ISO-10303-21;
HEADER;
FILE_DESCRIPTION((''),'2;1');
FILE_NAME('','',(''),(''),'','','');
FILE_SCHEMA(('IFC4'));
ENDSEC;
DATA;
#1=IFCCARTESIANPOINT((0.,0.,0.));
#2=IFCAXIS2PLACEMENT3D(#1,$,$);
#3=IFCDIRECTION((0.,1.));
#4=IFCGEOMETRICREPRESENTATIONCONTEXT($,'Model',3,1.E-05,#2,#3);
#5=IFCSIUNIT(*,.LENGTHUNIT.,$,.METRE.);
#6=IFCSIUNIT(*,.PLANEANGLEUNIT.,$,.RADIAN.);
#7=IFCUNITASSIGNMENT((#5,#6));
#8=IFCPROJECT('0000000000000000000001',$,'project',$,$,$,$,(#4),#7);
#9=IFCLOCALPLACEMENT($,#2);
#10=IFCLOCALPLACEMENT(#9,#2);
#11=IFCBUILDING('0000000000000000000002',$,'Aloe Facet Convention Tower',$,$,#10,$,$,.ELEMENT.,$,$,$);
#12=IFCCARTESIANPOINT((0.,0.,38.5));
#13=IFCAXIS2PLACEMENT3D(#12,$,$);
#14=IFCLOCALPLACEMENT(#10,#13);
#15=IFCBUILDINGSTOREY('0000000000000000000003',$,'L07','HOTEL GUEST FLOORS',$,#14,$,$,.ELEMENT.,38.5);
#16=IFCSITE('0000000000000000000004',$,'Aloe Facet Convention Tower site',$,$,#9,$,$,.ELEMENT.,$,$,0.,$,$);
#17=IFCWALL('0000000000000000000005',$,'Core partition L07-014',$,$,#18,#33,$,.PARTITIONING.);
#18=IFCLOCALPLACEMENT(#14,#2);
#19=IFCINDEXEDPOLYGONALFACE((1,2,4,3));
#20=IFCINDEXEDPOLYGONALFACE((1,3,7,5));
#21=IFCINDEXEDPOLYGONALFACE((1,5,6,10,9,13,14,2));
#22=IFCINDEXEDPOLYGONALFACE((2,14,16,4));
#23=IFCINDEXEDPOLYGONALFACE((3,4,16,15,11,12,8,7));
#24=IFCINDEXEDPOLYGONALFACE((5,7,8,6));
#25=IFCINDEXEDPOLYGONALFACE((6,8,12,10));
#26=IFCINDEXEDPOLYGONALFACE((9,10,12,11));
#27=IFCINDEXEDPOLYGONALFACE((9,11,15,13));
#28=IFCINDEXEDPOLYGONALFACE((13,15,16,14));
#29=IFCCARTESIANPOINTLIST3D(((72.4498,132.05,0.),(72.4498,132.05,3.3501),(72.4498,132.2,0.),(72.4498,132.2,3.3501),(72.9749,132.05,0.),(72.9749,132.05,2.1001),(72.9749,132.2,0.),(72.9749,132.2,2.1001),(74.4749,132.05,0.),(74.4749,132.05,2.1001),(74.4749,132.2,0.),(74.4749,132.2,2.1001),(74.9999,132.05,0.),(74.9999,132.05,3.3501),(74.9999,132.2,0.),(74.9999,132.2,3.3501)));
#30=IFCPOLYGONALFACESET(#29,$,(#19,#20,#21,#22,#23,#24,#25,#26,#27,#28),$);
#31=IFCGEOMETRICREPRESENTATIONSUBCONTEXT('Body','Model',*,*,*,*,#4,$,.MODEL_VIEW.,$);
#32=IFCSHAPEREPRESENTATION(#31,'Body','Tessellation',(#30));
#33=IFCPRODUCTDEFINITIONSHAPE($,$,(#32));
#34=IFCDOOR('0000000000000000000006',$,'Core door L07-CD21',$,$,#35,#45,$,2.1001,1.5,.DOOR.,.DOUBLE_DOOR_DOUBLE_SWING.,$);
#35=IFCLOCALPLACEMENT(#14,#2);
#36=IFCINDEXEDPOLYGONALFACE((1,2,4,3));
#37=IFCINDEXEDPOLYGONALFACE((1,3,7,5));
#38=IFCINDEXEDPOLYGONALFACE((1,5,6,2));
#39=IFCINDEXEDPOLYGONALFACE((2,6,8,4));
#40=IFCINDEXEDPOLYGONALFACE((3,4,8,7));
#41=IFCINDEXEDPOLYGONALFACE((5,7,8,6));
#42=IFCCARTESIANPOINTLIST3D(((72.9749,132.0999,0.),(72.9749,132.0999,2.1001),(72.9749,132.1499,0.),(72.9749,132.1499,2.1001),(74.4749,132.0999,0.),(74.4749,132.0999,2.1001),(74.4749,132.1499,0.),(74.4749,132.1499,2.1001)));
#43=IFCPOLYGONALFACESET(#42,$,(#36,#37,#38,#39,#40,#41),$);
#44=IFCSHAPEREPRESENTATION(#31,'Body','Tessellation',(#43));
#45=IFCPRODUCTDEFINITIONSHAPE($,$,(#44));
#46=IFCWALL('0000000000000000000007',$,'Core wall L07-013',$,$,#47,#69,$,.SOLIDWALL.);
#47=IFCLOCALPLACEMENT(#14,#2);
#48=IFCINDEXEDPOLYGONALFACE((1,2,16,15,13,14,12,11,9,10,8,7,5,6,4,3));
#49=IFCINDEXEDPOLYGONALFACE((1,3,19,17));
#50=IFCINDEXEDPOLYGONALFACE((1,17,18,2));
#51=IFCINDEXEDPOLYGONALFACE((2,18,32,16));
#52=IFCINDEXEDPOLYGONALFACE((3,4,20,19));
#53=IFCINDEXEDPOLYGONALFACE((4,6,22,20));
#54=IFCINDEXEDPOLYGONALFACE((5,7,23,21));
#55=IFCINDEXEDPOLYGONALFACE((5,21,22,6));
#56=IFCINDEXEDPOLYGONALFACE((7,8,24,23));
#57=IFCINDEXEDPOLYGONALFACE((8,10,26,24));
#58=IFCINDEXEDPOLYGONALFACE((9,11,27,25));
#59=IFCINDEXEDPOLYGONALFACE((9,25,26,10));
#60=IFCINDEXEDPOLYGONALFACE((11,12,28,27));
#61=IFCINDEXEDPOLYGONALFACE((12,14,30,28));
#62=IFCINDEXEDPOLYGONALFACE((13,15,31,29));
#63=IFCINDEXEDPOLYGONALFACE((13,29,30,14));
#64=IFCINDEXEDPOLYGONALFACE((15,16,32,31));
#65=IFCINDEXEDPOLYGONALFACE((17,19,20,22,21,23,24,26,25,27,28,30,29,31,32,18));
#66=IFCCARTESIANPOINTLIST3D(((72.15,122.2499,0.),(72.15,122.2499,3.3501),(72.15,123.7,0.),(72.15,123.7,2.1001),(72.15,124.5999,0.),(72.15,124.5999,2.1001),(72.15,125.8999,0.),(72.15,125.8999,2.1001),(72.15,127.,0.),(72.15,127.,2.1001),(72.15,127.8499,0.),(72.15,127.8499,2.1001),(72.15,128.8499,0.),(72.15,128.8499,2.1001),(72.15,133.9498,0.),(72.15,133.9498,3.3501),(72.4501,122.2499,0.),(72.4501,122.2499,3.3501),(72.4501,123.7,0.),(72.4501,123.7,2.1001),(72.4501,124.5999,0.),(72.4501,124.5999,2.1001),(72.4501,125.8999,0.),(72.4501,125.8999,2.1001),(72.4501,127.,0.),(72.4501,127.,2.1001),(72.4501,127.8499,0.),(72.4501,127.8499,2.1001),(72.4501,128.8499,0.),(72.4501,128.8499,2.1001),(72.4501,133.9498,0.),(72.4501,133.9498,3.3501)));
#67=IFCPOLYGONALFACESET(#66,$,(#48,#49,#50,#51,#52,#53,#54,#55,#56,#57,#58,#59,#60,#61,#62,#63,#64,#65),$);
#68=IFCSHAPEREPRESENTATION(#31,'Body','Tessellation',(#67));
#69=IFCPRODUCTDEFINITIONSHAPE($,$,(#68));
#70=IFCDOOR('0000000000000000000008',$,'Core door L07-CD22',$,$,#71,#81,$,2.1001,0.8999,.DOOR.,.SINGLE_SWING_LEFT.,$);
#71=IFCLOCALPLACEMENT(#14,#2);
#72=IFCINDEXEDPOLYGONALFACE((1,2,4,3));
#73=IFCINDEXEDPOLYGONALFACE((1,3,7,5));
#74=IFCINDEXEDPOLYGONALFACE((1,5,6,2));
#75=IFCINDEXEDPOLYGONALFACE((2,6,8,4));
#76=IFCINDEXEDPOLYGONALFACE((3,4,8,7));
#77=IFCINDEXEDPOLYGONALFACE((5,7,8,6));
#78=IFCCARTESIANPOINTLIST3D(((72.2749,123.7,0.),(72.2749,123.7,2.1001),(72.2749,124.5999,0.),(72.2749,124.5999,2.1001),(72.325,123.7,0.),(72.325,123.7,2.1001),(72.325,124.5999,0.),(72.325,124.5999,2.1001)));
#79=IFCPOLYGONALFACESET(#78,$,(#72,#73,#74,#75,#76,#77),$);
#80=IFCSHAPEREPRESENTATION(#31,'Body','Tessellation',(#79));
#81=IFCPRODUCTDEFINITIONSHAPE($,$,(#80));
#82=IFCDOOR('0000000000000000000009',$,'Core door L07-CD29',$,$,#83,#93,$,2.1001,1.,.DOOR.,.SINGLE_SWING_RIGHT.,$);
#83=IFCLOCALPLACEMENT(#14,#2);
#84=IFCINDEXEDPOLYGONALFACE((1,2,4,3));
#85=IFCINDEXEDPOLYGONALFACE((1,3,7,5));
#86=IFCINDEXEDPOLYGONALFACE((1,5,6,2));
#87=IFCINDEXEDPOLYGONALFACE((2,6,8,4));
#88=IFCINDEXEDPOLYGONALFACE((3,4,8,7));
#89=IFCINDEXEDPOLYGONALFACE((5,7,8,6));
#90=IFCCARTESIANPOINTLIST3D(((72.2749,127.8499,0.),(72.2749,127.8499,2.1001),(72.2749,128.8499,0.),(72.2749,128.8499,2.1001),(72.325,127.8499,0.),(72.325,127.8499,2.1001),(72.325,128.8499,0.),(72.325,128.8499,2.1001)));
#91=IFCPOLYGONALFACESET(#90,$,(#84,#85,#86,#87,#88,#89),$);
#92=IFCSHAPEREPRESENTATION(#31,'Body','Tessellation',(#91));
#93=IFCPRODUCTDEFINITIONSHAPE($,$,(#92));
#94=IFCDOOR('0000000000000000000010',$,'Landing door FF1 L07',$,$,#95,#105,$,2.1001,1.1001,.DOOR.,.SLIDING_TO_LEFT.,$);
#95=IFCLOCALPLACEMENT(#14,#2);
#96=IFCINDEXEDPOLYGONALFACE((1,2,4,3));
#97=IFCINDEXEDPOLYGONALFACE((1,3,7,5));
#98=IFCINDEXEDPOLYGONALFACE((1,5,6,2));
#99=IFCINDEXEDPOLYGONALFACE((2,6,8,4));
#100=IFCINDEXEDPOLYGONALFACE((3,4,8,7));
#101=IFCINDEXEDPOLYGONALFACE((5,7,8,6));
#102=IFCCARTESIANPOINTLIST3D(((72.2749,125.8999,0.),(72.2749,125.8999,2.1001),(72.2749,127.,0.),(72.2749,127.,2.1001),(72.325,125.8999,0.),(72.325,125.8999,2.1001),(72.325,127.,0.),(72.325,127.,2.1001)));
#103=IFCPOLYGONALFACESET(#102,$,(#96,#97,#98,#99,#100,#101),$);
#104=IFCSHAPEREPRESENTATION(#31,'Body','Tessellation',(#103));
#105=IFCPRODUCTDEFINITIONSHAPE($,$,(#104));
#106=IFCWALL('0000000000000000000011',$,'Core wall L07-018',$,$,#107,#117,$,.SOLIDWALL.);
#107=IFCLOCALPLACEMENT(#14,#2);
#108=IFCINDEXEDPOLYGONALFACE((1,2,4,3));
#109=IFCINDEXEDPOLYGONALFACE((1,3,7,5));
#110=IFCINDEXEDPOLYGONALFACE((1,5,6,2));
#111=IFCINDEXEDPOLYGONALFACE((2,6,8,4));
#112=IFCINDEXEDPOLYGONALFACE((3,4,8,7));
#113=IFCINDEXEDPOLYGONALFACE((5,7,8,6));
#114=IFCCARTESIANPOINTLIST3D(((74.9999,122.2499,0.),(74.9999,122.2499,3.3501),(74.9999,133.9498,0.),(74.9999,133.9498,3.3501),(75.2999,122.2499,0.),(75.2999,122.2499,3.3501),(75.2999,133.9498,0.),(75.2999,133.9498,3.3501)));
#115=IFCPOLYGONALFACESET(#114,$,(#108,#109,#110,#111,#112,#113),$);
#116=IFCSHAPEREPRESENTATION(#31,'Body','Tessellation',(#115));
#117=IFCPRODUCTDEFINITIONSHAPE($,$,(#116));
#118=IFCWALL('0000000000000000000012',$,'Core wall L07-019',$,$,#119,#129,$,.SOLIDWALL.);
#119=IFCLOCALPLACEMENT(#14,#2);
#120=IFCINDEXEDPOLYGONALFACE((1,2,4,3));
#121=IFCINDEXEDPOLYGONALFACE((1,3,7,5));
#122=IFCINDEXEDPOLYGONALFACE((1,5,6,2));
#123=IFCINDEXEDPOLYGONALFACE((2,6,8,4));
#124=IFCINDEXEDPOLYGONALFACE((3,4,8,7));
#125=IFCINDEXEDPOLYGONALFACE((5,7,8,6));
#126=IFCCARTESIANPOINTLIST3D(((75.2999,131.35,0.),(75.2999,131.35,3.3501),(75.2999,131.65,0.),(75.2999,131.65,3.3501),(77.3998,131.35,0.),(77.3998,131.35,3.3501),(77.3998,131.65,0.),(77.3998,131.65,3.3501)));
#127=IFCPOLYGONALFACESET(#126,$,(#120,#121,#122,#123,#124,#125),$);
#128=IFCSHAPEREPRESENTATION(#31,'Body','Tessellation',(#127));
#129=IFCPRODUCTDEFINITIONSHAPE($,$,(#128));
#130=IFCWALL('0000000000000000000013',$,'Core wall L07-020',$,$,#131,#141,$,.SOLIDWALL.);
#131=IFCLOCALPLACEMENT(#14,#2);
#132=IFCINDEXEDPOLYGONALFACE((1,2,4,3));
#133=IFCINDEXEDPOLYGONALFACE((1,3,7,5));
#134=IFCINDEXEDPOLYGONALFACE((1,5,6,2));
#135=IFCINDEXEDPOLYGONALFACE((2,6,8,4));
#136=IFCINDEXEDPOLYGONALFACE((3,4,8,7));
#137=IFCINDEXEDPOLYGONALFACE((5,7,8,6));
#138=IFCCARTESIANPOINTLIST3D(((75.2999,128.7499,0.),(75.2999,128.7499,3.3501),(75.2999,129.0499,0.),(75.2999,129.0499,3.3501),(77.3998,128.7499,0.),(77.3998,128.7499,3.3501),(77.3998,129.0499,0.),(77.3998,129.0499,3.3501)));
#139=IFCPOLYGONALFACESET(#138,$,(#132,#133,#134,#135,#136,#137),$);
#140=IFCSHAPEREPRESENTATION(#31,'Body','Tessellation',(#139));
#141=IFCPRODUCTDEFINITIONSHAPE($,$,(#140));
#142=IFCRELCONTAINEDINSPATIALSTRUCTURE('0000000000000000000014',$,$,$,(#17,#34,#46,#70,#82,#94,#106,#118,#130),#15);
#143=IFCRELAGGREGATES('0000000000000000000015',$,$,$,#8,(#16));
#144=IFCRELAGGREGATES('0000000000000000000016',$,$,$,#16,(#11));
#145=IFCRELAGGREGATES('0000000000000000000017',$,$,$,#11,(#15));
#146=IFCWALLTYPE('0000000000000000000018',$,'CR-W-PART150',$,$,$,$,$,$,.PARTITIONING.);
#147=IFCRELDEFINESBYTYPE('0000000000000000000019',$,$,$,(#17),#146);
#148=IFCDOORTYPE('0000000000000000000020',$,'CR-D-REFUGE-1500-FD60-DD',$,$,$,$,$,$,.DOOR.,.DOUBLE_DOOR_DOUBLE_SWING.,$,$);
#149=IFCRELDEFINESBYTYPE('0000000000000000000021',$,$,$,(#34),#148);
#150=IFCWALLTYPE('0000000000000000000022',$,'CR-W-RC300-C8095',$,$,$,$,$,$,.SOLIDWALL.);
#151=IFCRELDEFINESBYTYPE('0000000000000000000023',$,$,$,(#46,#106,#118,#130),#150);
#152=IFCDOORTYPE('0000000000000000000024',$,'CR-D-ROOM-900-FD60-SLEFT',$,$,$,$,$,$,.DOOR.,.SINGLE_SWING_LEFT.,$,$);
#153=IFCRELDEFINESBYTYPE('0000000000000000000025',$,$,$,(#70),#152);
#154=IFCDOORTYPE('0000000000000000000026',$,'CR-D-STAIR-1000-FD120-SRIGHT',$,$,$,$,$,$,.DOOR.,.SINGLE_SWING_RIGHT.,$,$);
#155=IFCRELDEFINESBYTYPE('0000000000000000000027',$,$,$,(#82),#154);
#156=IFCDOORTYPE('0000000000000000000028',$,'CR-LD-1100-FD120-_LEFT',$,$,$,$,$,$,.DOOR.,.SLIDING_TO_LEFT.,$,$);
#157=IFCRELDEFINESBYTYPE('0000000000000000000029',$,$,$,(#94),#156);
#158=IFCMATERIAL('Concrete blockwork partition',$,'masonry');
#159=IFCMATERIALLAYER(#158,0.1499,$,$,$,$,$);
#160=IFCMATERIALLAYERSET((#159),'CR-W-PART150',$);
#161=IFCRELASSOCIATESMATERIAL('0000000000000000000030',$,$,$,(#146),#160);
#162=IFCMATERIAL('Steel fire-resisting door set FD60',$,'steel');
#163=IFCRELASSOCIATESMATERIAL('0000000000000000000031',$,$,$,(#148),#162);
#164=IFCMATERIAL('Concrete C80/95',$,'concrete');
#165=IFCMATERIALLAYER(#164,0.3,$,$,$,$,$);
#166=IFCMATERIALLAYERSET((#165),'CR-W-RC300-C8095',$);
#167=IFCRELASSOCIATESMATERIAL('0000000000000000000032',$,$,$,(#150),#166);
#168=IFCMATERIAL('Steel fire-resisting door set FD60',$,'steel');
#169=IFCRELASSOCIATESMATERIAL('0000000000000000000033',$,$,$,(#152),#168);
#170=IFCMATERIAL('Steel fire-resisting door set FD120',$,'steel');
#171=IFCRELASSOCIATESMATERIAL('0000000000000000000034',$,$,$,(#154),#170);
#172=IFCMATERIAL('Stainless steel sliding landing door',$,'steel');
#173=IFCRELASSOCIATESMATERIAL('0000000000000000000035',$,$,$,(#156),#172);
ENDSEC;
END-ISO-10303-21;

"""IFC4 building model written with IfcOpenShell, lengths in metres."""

from ifc_helpers import new_model, si_unit, direction, frame, frame_2d, origin, place, context, subcontext, project, spatial, rectangle, extrude, material, layer, layer_set, type_object, element, fill, save


model = new_model("IFC4")

# Units and contexts
model_context = context("Model", 3, precision=1e-05, world=origin(), true_north=direction((0.0, 1.0)))
body_context = subcontext(model_context, "Body", "Model", "MODEL_VIEW")
ifc_project = project(units=[si_unit("LENGTHUNIT", "METRE"), si_unit("PLANEANGLEUNIT", "RADIAN")], contexts=[model_context])

# Site, building, storey
site_placement = place(None, origin())
site = spatial("IfcSite", under=ifc_project, at=site_placement, Name="Aloe Facet Convention Tower site", CompositionType="ELEMENT", RefElevation=0.0)
building_placement = place(site_placement, origin())
building = spatial("IfcBuilding", under=site, at=building_placement, Name="Aloe Facet Convention Tower", CompositionType="ELEMENT")
storey_placement = place(building_placement, frame((0.0, 0.0, 38.5)))
storey = spatial("IfcBuildingStorey", under=building, at=storey_placement, Name="L07", Description="HOTEL GUEST FLOORS", CompositionType="ELEMENT", Elevation=38.5)

# Wall, opening, door
ifc_material_1 = material(Name="Concrete blockwork partition", Category="masonry")
ifc_layer_1 = layer(ifc_material_1, 0.1499)
ifc_layer_set_1 = layer_set([ifc_layer_1], Name="CR-W-PART150")
wall_type_1 = type_object("IfcWallType", Name="CR-W-PART150", PredefinedType="PARTITIONING", material=ifc_layer_set_1)
wall_1_placement = place(storey_placement, frame((72.45, 132.125, 0.0), z_axis=(0.0, 0.0, 1.0), x_axis=(1.0, 0.0, 0.0)))
wall_1 = element("IfcWall", 1, at=wall_1_placement, inside=storey, type_object=wall_type_1, Name="Core partition L07-014", PredefinedType="PARTITIONING", context=body_context, shape_type="SweptSolid", body=[
    extrude(rectangle(XDim=2.55, YDim=0.1499, at=frame_2d((1.2749, 0.0))), origin(), (0.0, 0.0, 1.0), 3.3501),
])
opening_1_placement = place(wall_1_placement, frame((0.5249, 0.0, 0.0)))
opening_1 = element("IfcOpeningElement", 2, at=opening_1_placement, cuts=wall_1, PredefinedType="OPENING", context=body_context, shape_type="SweptSolid", body=[
    extrude(rectangle(XDim=1.5, YDim=2.1001, at=frame_2d((0.75, 1.05))), frame((0.0, 0.085, 0.0), z_axis=(0.0, -1.0, 0.0), x_axis=(1.0, 0.0, 0.0)), (0.0, 0.0, 1.0), 0.1699),
])
ifc_material_2 = material(Name="Steel fire-resisting door set FD60", Category="steel")
door_type_1 = type_object("IfcDoorType", Name="CR-D-REFUGE-1500-FD60-DD", OperationType="DOUBLE_DOOR_DOUBLE_SWING", PredefinedType="DOOR", material=ifc_material_2)
door_1_placement = place(opening_1_placement, origin())
door_1 = element("IfcDoor", 3, at=door_1_placement, inside=storey, type_object=door_type_1, Name="Core door L07-CD21", OperationType="DOUBLE_DOOR_DOUBLE_SWING", OverallHeight=2.1001, OverallWidth=1.5, PredefinedType="DOOR", context=body_context, shape_type="SweptSolid", body=[
    extrude(rectangle(XDim=1.5, YDim=2.1001, at=frame_2d((0.75, 1.05))), frame((0.0, 0.0249, 0.0), z_axis=(0.0, -1.0, 0.0), x_axis=(1.0, 0.0, 0.0)), (0.0, 0.0, 1.0), 0.05),
])
fill(opening_1, door_1)

# Wall, openings, doors
ifc_material_3 = material(Name="Concrete C80/95", Category="concrete")
ifc_layer_2 = layer(ifc_material_3, 0.3)
ifc_layer_set_2 = layer_set([ifc_layer_2], Name="CR-W-RC300-C8095")
wall_type_2 = type_object("IfcWallType", Name="CR-W-RC300-C8095", PredefinedType="SOLIDWALL", material=ifc_layer_set_2)
wall_2_placement = place(storey_placement, frame((72.3, 133.95, 0.0), z_axis=(0.0, 0.0, 1.0), x_axis=(0.0, -1.0, 0.0)))
wall_2 = element("IfcWall", 4, at=wall_2_placement, inside=storey, type_object=wall_type_2, Name="Core wall L07-013", PredefinedType="SOLIDWALL", context=body_context, shape_type="SweptSolid", body=[
    extrude(rectangle(XDim=11.7, YDim=0.3, at=frame_2d((5.8501, 0.0))), origin(), (0.0, 0.0, 1.0), 3.3501),
])
opening_2_placement = place(wall_2_placement, frame((6.95, 0.0, 0.0)))
opening_2 = element("IfcOpeningElement", 5, at=opening_2_placement, cuts=wall_2, PredefinedType="OPENING", context=body_context, shape_type="SweptSolid", body=[
    extrude(rectangle(XDim=1.1001, YDim=2.1001, at=frame_2d((0.55, 1.05))), frame((0.0, 0.1602, 0.0), z_axis=(0.0, -1.0, 0.0), x_axis=(1.0, 0.0, 0.0)), (0.0, 0.0, 1.0), 0.3201),
])
opening_3_placement = place(wall_2_placement, frame((9.3501, 0.0, 0.0)))
opening_3 = element("IfcOpeningElement", 6, at=opening_3_placement, cuts=wall_2, PredefinedType="OPENING", context=body_context, shape_type="SweptSolid", body=[
    extrude(rectangle(XDim=0.8999, YDim=2.1001, at=frame_2d((0.45, 1.05))), frame((0.0, 0.1602, 0.0), z_axis=(0.0, -1.0, 0.0), x_axis=(1.0, 0.0, 0.0)), (0.0, 0.0, 1.0), 0.3201),
])
opening_4_placement = place(wall_2_placement, frame((5.1001, 0.0, 0.0)))
opening_4 = element("IfcOpeningElement", 7, at=opening_4_placement, cuts=wall_2, PredefinedType="OPENING", context=body_context, shape_type="SweptSolid", body=[
    extrude(rectangle(XDim=1.0, YDim=2.1001, at=frame_2d((0.5, 1.05))), frame((0.0, 0.1602, 0.0), z_axis=(0.0, -1.0, 0.0), x_axis=(1.0, 0.0, 0.0)), (0.0, 0.0, 1.0), 0.3201),
])
ifc_material_4 = material(Name="Steel fire-resisting door set FD60", Category="steel")
door_type_2 = type_object("IfcDoorType", Name="CR-D-ROOM-900-FD60-SLEFT", OperationType="SINGLE_SWING_LEFT", PredefinedType="DOOR", material=ifc_material_4)
door_2_placement = place(opening_3_placement, origin())
door_2 = element("IfcDoor", 8, at=door_2_placement, inside=storey, type_object=door_type_2, Name="Core door L07-CD22", OperationType="SINGLE_SWING_LEFT", OverallHeight=2.1001, OverallWidth=0.8999, PredefinedType="DOOR", context=body_context, shape_type="SweptSolid", body=[
    extrude(rectangle(XDim=0.8999, YDim=2.1001, at=frame_2d((0.45, 1.05))), frame((0.0, 0.0249, 0.0), z_axis=(0.0, -1.0, 0.0), x_axis=(1.0, 0.0, 0.0)), (0.0, 0.0, 1.0), 0.05),
])
fill(opening_3, door_2)
ifc_material_5 = material(Name="Steel fire-resisting door set FD120", Category="steel")
door_type_3 = type_object("IfcDoorType", Name="CR-D-STAIR-1000-FD120-SRIGHT", OperationType="SINGLE_SWING_RIGHT", PredefinedType="DOOR", material=ifc_material_5)
door_3_placement = place(opening_4_placement, origin())
door_3 = element("IfcDoor", 9, at=door_3_placement, inside=storey, type_object=door_type_3, Name="Core door L07-CD29", OperationType="SINGLE_SWING_RIGHT", OverallHeight=2.1001, OverallWidth=1.0, PredefinedType="DOOR", context=body_context, shape_type="SweptSolid", body=[
    extrude(rectangle(XDim=1.0, YDim=2.1001, at=frame_2d((0.5, 1.05))), frame((0.0, 0.0249, 0.0), z_axis=(0.0, -1.0, 0.0), x_axis=(1.0, 0.0, 0.0)), (0.0, 0.0, 1.0), 0.05),
])
fill(opening_4, door_3)
ifc_material_6 = material(Name="Stainless steel sliding landing door", Category="steel")
door_type_4 = type_object("IfcDoorType", Name="CR-LD-1100-FD120-_LEFT", OperationType="SLIDING_TO_LEFT", PredefinedType="DOOR", material=ifc_material_6)
door_4_placement = place(opening_2_placement, origin())
door_4 = element("IfcDoor", 10, at=door_4_placement, inside=storey, type_object=door_type_4, Name="Landing door FF1 L07", OperationType="SLIDING_TO_LEFT", OverallHeight=2.1001, OverallWidth=1.1001, PredefinedType="DOOR", context=body_context, shape_type="SweptSolid", body=[
    extrude(rectangle(XDim=1.1001, YDim=2.1001, at=frame_2d((0.55, 1.05))), frame((0.0, 0.0249, 0.0), z_axis=(0.0, -1.0, 0.0), x_axis=(1.0, 0.0, 0.0)), (0.0, 0.0, 1.0), 0.05),
])
fill(opening_2, door_4)

# Walls
wall_3_placement = place(storey_placement, frame((75.1499, 133.95, 0.0), z_axis=(0.0, 0.0, 1.0), x_axis=(0.0, -1.0, 0.0)))
element("IfcWall", 11, at=wall_3_placement, inside=storey, type_object=wall_type_2, Name="Core wall L07-018", PredefinedType="SOLIDWALL", context=body_context, shape_type="SweptSolid", body=[
    extrude(rectangle(XDim=11.7, YDim=0.3, at=frame_2d((5.8501, 0.0))), origin(), (0.0, 0.0, 1.0), 3.3501),
])
for number, where, z_axis, x_axis, name in (
    (12, (75.3, 131.5, 0.0), (0.0, 0.0, 1.0), (1.0, 0.0, 0.0), "Core wall L07-019"),
    (13, (75.3, 128.8999, 0.0), (0.0, 0.0, 1.0), (1.0, 0.0, 0.0), "Core wall L07-020"),
):
    element("IfcWall", number, at=place(storey_placement, frame(where, z_axis=z_axis, x_axis=x_axis)), inside=storey, type_object=wall_type_2, Name=name, PredefinedType="SOLIDWALL", context=body_context, shape_type="SweptSolid", body=[
        extrude(rectangle(XDim=2.0999, YDim=0.3, at=frame_2d((1.0498, 0.0))), origin(), (0.0, 0.0, 1.0), 3.3501),
    ])

save(model, "model.ifc")
